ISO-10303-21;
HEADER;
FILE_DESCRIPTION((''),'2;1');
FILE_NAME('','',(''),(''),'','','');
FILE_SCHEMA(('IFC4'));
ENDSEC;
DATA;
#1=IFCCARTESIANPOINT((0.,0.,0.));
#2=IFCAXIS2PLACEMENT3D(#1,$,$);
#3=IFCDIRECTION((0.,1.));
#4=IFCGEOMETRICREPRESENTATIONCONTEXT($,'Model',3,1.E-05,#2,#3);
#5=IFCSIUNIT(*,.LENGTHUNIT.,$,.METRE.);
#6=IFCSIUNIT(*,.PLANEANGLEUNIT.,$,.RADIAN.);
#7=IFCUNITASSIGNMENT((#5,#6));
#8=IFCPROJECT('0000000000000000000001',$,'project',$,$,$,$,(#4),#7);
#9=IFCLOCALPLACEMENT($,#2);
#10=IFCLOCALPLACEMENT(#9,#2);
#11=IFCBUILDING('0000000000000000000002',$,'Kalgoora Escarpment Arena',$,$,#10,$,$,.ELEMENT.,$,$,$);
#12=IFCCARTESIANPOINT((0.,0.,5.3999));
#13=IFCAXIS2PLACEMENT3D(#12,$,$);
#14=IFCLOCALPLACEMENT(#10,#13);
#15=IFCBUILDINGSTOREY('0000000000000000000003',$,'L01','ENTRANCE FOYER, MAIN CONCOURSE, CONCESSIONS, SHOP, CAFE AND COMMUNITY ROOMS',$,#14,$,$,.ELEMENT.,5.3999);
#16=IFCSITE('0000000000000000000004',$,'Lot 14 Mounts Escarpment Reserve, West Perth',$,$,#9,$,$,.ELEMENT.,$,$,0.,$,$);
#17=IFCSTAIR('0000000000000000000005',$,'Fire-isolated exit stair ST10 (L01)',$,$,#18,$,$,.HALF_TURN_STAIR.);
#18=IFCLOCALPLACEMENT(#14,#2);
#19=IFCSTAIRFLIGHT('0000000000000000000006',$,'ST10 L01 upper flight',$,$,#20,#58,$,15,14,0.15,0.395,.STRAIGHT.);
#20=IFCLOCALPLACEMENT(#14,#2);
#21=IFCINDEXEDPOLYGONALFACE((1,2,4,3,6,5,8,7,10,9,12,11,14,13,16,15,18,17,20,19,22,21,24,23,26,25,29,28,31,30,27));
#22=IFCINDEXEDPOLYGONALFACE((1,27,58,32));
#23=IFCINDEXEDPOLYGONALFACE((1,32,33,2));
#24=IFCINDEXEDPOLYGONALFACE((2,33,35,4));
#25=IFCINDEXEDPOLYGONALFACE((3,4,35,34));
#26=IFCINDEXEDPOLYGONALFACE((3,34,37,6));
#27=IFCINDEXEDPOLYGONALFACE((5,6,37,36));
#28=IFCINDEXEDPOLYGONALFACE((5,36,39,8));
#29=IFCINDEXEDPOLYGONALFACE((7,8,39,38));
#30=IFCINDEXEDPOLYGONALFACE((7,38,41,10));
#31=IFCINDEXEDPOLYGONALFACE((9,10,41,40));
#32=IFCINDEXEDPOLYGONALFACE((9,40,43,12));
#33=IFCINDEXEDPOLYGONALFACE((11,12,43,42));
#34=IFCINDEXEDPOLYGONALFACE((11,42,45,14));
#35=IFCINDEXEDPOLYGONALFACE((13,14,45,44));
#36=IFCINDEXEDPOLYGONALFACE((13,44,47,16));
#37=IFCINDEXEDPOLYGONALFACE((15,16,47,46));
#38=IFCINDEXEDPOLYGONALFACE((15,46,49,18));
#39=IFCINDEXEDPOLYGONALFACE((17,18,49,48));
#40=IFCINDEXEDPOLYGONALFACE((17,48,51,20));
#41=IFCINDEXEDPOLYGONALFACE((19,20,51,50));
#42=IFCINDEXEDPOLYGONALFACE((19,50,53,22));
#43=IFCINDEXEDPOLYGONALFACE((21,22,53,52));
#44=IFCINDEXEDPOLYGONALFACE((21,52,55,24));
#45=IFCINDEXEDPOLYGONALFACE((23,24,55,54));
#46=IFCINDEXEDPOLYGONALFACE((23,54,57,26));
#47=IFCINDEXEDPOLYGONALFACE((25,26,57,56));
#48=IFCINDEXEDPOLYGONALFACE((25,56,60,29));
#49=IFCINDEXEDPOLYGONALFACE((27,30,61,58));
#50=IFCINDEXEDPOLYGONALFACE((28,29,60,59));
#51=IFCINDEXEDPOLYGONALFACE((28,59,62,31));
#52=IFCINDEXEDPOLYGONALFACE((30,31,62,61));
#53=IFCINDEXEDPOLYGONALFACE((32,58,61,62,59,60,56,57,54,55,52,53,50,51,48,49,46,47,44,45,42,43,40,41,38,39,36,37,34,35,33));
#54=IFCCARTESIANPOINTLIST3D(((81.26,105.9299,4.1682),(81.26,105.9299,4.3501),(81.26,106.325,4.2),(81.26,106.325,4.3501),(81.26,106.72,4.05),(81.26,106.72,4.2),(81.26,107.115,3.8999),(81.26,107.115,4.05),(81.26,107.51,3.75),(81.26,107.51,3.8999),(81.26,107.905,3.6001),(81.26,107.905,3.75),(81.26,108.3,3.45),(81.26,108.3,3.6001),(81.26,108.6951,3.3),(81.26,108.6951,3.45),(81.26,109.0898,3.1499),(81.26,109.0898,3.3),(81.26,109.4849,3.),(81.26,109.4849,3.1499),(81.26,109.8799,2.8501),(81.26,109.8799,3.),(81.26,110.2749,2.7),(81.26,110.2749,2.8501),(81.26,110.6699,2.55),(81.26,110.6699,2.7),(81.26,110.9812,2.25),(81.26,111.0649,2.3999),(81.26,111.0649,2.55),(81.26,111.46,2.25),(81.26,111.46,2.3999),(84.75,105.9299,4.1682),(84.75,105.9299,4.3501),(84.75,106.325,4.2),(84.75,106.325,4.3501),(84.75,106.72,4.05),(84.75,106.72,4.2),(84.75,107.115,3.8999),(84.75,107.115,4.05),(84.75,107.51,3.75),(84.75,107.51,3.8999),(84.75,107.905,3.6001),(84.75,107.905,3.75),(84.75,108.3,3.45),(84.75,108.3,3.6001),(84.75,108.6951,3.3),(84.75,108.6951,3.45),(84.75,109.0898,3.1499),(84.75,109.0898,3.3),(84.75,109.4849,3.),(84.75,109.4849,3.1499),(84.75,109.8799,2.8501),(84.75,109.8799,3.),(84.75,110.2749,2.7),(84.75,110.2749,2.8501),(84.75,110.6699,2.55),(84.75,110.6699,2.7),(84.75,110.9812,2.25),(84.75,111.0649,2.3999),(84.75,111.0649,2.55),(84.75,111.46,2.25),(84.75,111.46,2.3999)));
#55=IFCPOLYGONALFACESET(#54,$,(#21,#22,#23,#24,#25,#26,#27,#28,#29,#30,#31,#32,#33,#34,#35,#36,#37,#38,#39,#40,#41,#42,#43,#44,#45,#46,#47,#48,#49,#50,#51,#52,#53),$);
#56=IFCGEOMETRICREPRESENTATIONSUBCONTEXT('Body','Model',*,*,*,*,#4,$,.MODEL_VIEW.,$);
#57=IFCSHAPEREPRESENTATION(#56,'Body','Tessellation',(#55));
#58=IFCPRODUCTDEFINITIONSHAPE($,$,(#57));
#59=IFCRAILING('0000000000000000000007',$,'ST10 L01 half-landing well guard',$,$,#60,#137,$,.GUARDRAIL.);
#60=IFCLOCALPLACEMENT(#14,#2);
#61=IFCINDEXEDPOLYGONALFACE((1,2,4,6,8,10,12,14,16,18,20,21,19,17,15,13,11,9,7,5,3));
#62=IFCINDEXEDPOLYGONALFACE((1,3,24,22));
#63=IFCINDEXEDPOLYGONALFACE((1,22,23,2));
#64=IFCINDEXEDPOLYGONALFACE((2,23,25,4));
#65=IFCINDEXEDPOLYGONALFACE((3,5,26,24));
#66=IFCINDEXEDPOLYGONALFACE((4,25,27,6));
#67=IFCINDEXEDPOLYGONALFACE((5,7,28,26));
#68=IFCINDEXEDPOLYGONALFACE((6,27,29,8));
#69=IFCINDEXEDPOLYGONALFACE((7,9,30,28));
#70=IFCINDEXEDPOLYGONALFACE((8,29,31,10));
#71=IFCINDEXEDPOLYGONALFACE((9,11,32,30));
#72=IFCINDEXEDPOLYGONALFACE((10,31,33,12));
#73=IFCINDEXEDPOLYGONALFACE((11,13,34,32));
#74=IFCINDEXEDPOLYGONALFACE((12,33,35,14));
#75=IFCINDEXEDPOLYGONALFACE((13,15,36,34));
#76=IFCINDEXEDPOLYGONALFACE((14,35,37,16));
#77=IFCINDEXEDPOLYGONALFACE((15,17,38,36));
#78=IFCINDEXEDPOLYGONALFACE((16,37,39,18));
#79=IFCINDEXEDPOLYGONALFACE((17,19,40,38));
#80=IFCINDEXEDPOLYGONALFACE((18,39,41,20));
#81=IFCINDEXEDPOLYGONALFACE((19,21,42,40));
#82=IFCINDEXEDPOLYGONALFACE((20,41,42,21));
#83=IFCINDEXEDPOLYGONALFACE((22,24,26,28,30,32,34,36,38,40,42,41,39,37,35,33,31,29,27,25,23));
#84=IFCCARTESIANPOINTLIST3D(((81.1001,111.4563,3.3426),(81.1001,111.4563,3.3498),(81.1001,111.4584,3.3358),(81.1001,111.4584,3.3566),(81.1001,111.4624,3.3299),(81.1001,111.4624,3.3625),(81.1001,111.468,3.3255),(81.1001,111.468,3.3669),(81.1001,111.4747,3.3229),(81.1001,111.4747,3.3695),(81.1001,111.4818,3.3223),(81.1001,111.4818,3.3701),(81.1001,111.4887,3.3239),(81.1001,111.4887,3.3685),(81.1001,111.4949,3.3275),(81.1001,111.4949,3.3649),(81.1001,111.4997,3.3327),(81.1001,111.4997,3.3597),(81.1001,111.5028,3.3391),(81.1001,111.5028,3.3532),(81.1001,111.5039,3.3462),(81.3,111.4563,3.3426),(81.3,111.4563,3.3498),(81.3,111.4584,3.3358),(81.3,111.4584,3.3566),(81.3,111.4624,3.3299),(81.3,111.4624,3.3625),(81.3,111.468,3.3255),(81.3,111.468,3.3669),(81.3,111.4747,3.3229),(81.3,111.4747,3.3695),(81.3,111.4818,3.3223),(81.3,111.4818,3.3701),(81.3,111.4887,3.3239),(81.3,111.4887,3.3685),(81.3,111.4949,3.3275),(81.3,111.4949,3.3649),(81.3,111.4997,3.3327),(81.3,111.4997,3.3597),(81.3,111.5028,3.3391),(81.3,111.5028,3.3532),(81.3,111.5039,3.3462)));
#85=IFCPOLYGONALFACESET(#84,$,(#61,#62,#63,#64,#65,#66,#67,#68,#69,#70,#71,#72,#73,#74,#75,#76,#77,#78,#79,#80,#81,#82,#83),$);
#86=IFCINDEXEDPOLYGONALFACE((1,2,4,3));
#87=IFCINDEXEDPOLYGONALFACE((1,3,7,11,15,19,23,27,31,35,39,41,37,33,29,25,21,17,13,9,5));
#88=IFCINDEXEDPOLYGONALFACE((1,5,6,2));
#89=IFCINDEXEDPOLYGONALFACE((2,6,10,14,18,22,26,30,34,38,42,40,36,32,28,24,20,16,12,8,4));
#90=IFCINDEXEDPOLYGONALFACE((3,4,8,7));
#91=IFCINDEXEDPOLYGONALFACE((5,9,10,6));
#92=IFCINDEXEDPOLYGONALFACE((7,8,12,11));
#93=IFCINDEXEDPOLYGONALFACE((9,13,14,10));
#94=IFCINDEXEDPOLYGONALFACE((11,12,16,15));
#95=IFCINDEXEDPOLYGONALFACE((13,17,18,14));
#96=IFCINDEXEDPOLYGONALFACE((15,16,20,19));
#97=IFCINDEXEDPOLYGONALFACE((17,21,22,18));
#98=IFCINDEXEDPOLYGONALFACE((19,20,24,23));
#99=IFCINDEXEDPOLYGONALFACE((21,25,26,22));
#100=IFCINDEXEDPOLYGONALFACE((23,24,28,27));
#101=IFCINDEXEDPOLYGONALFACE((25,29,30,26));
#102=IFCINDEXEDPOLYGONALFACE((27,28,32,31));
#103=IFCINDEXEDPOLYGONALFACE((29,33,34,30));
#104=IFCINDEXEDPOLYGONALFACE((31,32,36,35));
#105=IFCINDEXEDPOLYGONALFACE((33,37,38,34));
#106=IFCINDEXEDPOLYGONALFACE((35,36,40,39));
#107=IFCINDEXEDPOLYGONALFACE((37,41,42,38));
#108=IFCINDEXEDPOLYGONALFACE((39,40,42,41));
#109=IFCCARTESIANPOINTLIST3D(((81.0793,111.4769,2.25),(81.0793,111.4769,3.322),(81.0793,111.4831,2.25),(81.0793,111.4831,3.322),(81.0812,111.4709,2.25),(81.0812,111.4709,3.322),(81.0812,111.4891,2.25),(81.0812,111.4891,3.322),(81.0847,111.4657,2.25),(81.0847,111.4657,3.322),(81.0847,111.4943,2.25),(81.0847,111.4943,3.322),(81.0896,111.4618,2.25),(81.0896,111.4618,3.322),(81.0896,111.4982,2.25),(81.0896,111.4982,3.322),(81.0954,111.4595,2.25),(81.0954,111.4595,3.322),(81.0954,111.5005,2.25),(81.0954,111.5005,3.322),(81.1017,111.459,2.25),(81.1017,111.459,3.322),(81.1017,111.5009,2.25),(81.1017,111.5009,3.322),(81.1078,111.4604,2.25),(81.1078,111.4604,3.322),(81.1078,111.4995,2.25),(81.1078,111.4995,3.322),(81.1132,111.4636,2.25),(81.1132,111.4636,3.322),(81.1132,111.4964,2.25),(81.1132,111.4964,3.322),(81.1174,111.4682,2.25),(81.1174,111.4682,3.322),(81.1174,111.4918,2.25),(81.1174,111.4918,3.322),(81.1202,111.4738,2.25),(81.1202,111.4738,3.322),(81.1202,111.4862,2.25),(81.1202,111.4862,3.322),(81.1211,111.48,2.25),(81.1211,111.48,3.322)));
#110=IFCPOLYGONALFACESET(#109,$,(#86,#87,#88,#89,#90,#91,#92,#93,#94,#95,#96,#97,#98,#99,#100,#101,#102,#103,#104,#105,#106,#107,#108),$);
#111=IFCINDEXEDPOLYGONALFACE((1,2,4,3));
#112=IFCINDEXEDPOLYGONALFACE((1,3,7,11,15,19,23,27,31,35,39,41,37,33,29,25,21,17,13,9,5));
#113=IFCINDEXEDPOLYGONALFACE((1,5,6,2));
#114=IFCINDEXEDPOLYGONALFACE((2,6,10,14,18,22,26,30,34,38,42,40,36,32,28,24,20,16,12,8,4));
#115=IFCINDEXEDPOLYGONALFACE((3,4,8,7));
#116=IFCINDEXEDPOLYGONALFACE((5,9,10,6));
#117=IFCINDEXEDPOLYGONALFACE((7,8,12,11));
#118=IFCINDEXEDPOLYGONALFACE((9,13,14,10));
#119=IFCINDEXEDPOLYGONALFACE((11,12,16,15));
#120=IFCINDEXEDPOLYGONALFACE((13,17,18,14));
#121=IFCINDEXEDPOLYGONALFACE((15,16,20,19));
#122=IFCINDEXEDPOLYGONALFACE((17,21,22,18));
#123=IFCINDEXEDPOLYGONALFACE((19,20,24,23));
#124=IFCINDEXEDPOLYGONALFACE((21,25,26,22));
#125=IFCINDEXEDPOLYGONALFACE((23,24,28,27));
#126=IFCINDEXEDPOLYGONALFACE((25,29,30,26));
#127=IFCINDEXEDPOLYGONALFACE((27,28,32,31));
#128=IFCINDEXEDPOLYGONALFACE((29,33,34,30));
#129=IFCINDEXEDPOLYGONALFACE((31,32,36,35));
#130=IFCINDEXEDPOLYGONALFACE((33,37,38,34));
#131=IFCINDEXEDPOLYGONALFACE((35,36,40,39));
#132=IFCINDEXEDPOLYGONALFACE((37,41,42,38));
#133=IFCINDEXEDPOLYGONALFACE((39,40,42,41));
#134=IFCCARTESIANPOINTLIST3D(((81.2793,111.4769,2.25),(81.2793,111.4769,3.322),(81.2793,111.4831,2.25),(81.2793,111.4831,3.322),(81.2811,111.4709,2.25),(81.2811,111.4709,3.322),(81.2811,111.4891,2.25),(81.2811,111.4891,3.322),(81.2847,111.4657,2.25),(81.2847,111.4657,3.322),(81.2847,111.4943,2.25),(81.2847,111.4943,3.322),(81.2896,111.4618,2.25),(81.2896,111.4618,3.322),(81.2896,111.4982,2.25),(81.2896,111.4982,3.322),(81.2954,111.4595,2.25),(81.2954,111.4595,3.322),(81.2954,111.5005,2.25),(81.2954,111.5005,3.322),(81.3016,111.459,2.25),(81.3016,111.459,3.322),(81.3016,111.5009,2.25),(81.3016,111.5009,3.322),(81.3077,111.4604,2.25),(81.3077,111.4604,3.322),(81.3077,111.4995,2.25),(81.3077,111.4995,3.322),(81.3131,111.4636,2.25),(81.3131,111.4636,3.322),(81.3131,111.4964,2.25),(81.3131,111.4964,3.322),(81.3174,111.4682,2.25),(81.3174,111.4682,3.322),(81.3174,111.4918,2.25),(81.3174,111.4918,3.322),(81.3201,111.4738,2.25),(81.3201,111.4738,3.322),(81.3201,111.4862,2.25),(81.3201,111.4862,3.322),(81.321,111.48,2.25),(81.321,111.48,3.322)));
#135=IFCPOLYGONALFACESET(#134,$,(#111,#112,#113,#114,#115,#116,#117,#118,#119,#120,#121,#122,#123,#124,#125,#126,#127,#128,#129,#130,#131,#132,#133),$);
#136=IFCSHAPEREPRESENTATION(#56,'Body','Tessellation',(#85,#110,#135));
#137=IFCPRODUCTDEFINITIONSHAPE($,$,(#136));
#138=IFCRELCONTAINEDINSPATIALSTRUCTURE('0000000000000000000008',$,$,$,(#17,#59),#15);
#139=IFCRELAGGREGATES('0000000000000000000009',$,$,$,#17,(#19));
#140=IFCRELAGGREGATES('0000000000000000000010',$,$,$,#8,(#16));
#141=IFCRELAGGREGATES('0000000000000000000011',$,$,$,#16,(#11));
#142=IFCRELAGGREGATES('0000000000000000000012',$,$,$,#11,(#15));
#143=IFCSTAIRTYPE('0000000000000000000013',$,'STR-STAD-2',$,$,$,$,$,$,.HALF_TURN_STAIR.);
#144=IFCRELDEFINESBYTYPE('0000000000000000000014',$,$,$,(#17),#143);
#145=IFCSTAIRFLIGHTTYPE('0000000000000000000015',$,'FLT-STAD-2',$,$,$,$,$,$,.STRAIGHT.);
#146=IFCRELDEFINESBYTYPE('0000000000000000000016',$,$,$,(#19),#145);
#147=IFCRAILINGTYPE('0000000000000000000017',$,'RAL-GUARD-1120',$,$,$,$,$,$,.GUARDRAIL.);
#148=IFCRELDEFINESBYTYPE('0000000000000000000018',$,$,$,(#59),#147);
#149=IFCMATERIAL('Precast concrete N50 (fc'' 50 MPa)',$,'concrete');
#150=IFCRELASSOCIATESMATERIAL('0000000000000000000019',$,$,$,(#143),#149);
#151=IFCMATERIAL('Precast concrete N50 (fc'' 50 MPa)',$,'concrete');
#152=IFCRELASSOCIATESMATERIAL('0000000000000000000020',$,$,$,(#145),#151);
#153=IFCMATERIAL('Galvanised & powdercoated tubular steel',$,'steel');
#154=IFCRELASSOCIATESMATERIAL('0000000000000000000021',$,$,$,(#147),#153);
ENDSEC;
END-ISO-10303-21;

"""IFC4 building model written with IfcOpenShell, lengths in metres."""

from ifc_helpers import new_model, si_unit, direction, frame, origin, origin_2d, place, context, subcontext, project, spatial, polyline, circle, outline, extrude, material, type_object, element, aggregate, save


model = new_model("IFC4")

# Units and contexts
model_context = context("Model", 3, precision=1e-05, world=origin(), true_north=direction((0.0, 1.0)))
body_context = subcontext(model_context, "Body", "Model", "MODEL_VIEW")
ifc_project = project(units=[si_unit("LENGTHUNIT", "METRE"), si_unit("PLANEANGLEUNIT", "RADIAN")], contexts=[model_context])

# Site, building, storey
site_placement = place(None, origin())
site = spatial("IfcSite", under=ifc_project, at=site_placement, Name="Lot 14 Mounts Escarpment Reserve, West Perth", CompositionType="ELEMENT", RefElevation=0.0)
building_placement = place(site_placement, origin())
building = spatial("IfcBuilding", under=site, at=building_placement, Name="Kalgoora Escarpment Arena", CompositionType="ELEMENT")
storey_placement = place(building_placement, frame((0.0, 0.0, 5.3999)))
storey = spatial("IfcBuildingStorey", under=building, at=storey_placement, Name="L01", Description="ENTRANCE FOYER, MAIN CONCOURSE, CONCESSIONS, SHOP, CAFE AND COMMUNITY ROOMS", CompositionType="ELEMENT", Elevation=5.3999)

# Stair, stair flight
ifc_material_1 = material(Name="Precast concrete N50 (fc' 50 MPa)", Category="concrete")
stair_type = type_object("IfcStairType", Name="STR-STAD-2", PredefinedType="HALF_TURN_STAIR", material=ifc_material_1)
stair_placement = place(storey_placement, origin())
stair = element("IfcStair", 1, at=stair_placement, inside=storey, type_object=stair_type, Name="Fire-isolated exit stair ST10 (L01)", PredefinedType="HALF_TURN_STAIR")
ifc_material_2 = material(Name="Precast concrete N50 (fc' 50 MPa)", Category="concrete")
stair_flight_type = type_object("IfcStairFlightType", Name="FLT-STAD-2", PredefinedType="STRAIGHT", material=ifc_material_2)
stair_flight_placement = place(storey_placement, frame((83.0049, 111.46, 2.25), z_axis=(0.0, 0.0, 1.0), x_axis=(0.0, -1.0, 0.0)))
stair_flight = element("IfcStairFlight", 2, at=stair_flight_placement, type_object=stair_flight_type, Name="ST10 L01 upper flight", NumberOfRisers=15, NumberOfTreads=14, PredefinedType="STRAIGHT", RiserHeight=0.15, TreadLength=0.395, context=body_context, shape_type="SweptSolid", body=[
    extrude(outline(polyline([(0.0, 0.0), (0.0, 0.1499), (0.395, 0.1499), (0.395, 0.3), (0.79, 0.3), (0.79, 0.45), (1.1851, 0.45), (1.1851, 0.6001), (1.5801, 0.6001), (1.5801, 0.75), (1.9751, 0.75), (1.9751, 0.8999), (2.3701, 0.8999), (2.3701, 1.05), (2.7649, 1.05), (2.7649, 1.2), (3.1599, 1.2), (3.1599, 1.3501), (3.5549, 1.3501), (3.5549, 1.5), (3.95, 1.5), (3.95, 1.6499), (4.345, 1.6499), (4.345, 1.8), (4.74, 1.8), (4.74, 1.95), (5.135, 1.95), (5.135, 2.1001), (5.53, 2.1001), (5.53, 2.25), (5.53, 1.9182), (0.4788, 0.0), (0.0, 0.0)])), frame((0.0, 1.7451, 0.0), z_axis=(0.0, -1.0, 0.0), x_axis=(1.0, 0.0, 0.0)), (0.0, 0.0, 1.0), 3.49),
])
aggregate(stair, [stair_flight])

# Railing
ifc_material_3 = material(Name="Galvanised & powdercoated tubular steel", Category="steel")
railing_type_1 = type_object("IfcRailingType", Name="RAL-GUARD-1120", PredefinedType="GUARDRAIL", material=ifc_material_3)
railing_placement = place(storey_placement, frame((81.1001, 111.48, 2.25)))
element("IfcRailing", 3, at=railing_placement, inside=storey, type_object=railing_type_1, Name="ST10 L01 half-landing well guard", PredefinedType="GUARDRAIL", context=body_context, shape_type="SweptSolid", body=[
    extrude(circle(Radius=0.0239, at=origin_2d()), frame((0.0, 0.0, 1.0962), z_axis=(1.0, 0.0, 0.0), x_axis=(0.0, 1.0, 0.0)), (0.0, 0.0, 1.0), 0.2),
    extrude(circle(Radius=0.021, at=origin_2d()), origin(), (0.0, 0.0, 1.0), 1.072),
    extrude(circle(Radius=0.021, at=origin_2d()), frame((0.2, 0.0, 0.0)), (0.0, 0.0, 1.0), 1.072),
])

save(model, "model.ifc")
